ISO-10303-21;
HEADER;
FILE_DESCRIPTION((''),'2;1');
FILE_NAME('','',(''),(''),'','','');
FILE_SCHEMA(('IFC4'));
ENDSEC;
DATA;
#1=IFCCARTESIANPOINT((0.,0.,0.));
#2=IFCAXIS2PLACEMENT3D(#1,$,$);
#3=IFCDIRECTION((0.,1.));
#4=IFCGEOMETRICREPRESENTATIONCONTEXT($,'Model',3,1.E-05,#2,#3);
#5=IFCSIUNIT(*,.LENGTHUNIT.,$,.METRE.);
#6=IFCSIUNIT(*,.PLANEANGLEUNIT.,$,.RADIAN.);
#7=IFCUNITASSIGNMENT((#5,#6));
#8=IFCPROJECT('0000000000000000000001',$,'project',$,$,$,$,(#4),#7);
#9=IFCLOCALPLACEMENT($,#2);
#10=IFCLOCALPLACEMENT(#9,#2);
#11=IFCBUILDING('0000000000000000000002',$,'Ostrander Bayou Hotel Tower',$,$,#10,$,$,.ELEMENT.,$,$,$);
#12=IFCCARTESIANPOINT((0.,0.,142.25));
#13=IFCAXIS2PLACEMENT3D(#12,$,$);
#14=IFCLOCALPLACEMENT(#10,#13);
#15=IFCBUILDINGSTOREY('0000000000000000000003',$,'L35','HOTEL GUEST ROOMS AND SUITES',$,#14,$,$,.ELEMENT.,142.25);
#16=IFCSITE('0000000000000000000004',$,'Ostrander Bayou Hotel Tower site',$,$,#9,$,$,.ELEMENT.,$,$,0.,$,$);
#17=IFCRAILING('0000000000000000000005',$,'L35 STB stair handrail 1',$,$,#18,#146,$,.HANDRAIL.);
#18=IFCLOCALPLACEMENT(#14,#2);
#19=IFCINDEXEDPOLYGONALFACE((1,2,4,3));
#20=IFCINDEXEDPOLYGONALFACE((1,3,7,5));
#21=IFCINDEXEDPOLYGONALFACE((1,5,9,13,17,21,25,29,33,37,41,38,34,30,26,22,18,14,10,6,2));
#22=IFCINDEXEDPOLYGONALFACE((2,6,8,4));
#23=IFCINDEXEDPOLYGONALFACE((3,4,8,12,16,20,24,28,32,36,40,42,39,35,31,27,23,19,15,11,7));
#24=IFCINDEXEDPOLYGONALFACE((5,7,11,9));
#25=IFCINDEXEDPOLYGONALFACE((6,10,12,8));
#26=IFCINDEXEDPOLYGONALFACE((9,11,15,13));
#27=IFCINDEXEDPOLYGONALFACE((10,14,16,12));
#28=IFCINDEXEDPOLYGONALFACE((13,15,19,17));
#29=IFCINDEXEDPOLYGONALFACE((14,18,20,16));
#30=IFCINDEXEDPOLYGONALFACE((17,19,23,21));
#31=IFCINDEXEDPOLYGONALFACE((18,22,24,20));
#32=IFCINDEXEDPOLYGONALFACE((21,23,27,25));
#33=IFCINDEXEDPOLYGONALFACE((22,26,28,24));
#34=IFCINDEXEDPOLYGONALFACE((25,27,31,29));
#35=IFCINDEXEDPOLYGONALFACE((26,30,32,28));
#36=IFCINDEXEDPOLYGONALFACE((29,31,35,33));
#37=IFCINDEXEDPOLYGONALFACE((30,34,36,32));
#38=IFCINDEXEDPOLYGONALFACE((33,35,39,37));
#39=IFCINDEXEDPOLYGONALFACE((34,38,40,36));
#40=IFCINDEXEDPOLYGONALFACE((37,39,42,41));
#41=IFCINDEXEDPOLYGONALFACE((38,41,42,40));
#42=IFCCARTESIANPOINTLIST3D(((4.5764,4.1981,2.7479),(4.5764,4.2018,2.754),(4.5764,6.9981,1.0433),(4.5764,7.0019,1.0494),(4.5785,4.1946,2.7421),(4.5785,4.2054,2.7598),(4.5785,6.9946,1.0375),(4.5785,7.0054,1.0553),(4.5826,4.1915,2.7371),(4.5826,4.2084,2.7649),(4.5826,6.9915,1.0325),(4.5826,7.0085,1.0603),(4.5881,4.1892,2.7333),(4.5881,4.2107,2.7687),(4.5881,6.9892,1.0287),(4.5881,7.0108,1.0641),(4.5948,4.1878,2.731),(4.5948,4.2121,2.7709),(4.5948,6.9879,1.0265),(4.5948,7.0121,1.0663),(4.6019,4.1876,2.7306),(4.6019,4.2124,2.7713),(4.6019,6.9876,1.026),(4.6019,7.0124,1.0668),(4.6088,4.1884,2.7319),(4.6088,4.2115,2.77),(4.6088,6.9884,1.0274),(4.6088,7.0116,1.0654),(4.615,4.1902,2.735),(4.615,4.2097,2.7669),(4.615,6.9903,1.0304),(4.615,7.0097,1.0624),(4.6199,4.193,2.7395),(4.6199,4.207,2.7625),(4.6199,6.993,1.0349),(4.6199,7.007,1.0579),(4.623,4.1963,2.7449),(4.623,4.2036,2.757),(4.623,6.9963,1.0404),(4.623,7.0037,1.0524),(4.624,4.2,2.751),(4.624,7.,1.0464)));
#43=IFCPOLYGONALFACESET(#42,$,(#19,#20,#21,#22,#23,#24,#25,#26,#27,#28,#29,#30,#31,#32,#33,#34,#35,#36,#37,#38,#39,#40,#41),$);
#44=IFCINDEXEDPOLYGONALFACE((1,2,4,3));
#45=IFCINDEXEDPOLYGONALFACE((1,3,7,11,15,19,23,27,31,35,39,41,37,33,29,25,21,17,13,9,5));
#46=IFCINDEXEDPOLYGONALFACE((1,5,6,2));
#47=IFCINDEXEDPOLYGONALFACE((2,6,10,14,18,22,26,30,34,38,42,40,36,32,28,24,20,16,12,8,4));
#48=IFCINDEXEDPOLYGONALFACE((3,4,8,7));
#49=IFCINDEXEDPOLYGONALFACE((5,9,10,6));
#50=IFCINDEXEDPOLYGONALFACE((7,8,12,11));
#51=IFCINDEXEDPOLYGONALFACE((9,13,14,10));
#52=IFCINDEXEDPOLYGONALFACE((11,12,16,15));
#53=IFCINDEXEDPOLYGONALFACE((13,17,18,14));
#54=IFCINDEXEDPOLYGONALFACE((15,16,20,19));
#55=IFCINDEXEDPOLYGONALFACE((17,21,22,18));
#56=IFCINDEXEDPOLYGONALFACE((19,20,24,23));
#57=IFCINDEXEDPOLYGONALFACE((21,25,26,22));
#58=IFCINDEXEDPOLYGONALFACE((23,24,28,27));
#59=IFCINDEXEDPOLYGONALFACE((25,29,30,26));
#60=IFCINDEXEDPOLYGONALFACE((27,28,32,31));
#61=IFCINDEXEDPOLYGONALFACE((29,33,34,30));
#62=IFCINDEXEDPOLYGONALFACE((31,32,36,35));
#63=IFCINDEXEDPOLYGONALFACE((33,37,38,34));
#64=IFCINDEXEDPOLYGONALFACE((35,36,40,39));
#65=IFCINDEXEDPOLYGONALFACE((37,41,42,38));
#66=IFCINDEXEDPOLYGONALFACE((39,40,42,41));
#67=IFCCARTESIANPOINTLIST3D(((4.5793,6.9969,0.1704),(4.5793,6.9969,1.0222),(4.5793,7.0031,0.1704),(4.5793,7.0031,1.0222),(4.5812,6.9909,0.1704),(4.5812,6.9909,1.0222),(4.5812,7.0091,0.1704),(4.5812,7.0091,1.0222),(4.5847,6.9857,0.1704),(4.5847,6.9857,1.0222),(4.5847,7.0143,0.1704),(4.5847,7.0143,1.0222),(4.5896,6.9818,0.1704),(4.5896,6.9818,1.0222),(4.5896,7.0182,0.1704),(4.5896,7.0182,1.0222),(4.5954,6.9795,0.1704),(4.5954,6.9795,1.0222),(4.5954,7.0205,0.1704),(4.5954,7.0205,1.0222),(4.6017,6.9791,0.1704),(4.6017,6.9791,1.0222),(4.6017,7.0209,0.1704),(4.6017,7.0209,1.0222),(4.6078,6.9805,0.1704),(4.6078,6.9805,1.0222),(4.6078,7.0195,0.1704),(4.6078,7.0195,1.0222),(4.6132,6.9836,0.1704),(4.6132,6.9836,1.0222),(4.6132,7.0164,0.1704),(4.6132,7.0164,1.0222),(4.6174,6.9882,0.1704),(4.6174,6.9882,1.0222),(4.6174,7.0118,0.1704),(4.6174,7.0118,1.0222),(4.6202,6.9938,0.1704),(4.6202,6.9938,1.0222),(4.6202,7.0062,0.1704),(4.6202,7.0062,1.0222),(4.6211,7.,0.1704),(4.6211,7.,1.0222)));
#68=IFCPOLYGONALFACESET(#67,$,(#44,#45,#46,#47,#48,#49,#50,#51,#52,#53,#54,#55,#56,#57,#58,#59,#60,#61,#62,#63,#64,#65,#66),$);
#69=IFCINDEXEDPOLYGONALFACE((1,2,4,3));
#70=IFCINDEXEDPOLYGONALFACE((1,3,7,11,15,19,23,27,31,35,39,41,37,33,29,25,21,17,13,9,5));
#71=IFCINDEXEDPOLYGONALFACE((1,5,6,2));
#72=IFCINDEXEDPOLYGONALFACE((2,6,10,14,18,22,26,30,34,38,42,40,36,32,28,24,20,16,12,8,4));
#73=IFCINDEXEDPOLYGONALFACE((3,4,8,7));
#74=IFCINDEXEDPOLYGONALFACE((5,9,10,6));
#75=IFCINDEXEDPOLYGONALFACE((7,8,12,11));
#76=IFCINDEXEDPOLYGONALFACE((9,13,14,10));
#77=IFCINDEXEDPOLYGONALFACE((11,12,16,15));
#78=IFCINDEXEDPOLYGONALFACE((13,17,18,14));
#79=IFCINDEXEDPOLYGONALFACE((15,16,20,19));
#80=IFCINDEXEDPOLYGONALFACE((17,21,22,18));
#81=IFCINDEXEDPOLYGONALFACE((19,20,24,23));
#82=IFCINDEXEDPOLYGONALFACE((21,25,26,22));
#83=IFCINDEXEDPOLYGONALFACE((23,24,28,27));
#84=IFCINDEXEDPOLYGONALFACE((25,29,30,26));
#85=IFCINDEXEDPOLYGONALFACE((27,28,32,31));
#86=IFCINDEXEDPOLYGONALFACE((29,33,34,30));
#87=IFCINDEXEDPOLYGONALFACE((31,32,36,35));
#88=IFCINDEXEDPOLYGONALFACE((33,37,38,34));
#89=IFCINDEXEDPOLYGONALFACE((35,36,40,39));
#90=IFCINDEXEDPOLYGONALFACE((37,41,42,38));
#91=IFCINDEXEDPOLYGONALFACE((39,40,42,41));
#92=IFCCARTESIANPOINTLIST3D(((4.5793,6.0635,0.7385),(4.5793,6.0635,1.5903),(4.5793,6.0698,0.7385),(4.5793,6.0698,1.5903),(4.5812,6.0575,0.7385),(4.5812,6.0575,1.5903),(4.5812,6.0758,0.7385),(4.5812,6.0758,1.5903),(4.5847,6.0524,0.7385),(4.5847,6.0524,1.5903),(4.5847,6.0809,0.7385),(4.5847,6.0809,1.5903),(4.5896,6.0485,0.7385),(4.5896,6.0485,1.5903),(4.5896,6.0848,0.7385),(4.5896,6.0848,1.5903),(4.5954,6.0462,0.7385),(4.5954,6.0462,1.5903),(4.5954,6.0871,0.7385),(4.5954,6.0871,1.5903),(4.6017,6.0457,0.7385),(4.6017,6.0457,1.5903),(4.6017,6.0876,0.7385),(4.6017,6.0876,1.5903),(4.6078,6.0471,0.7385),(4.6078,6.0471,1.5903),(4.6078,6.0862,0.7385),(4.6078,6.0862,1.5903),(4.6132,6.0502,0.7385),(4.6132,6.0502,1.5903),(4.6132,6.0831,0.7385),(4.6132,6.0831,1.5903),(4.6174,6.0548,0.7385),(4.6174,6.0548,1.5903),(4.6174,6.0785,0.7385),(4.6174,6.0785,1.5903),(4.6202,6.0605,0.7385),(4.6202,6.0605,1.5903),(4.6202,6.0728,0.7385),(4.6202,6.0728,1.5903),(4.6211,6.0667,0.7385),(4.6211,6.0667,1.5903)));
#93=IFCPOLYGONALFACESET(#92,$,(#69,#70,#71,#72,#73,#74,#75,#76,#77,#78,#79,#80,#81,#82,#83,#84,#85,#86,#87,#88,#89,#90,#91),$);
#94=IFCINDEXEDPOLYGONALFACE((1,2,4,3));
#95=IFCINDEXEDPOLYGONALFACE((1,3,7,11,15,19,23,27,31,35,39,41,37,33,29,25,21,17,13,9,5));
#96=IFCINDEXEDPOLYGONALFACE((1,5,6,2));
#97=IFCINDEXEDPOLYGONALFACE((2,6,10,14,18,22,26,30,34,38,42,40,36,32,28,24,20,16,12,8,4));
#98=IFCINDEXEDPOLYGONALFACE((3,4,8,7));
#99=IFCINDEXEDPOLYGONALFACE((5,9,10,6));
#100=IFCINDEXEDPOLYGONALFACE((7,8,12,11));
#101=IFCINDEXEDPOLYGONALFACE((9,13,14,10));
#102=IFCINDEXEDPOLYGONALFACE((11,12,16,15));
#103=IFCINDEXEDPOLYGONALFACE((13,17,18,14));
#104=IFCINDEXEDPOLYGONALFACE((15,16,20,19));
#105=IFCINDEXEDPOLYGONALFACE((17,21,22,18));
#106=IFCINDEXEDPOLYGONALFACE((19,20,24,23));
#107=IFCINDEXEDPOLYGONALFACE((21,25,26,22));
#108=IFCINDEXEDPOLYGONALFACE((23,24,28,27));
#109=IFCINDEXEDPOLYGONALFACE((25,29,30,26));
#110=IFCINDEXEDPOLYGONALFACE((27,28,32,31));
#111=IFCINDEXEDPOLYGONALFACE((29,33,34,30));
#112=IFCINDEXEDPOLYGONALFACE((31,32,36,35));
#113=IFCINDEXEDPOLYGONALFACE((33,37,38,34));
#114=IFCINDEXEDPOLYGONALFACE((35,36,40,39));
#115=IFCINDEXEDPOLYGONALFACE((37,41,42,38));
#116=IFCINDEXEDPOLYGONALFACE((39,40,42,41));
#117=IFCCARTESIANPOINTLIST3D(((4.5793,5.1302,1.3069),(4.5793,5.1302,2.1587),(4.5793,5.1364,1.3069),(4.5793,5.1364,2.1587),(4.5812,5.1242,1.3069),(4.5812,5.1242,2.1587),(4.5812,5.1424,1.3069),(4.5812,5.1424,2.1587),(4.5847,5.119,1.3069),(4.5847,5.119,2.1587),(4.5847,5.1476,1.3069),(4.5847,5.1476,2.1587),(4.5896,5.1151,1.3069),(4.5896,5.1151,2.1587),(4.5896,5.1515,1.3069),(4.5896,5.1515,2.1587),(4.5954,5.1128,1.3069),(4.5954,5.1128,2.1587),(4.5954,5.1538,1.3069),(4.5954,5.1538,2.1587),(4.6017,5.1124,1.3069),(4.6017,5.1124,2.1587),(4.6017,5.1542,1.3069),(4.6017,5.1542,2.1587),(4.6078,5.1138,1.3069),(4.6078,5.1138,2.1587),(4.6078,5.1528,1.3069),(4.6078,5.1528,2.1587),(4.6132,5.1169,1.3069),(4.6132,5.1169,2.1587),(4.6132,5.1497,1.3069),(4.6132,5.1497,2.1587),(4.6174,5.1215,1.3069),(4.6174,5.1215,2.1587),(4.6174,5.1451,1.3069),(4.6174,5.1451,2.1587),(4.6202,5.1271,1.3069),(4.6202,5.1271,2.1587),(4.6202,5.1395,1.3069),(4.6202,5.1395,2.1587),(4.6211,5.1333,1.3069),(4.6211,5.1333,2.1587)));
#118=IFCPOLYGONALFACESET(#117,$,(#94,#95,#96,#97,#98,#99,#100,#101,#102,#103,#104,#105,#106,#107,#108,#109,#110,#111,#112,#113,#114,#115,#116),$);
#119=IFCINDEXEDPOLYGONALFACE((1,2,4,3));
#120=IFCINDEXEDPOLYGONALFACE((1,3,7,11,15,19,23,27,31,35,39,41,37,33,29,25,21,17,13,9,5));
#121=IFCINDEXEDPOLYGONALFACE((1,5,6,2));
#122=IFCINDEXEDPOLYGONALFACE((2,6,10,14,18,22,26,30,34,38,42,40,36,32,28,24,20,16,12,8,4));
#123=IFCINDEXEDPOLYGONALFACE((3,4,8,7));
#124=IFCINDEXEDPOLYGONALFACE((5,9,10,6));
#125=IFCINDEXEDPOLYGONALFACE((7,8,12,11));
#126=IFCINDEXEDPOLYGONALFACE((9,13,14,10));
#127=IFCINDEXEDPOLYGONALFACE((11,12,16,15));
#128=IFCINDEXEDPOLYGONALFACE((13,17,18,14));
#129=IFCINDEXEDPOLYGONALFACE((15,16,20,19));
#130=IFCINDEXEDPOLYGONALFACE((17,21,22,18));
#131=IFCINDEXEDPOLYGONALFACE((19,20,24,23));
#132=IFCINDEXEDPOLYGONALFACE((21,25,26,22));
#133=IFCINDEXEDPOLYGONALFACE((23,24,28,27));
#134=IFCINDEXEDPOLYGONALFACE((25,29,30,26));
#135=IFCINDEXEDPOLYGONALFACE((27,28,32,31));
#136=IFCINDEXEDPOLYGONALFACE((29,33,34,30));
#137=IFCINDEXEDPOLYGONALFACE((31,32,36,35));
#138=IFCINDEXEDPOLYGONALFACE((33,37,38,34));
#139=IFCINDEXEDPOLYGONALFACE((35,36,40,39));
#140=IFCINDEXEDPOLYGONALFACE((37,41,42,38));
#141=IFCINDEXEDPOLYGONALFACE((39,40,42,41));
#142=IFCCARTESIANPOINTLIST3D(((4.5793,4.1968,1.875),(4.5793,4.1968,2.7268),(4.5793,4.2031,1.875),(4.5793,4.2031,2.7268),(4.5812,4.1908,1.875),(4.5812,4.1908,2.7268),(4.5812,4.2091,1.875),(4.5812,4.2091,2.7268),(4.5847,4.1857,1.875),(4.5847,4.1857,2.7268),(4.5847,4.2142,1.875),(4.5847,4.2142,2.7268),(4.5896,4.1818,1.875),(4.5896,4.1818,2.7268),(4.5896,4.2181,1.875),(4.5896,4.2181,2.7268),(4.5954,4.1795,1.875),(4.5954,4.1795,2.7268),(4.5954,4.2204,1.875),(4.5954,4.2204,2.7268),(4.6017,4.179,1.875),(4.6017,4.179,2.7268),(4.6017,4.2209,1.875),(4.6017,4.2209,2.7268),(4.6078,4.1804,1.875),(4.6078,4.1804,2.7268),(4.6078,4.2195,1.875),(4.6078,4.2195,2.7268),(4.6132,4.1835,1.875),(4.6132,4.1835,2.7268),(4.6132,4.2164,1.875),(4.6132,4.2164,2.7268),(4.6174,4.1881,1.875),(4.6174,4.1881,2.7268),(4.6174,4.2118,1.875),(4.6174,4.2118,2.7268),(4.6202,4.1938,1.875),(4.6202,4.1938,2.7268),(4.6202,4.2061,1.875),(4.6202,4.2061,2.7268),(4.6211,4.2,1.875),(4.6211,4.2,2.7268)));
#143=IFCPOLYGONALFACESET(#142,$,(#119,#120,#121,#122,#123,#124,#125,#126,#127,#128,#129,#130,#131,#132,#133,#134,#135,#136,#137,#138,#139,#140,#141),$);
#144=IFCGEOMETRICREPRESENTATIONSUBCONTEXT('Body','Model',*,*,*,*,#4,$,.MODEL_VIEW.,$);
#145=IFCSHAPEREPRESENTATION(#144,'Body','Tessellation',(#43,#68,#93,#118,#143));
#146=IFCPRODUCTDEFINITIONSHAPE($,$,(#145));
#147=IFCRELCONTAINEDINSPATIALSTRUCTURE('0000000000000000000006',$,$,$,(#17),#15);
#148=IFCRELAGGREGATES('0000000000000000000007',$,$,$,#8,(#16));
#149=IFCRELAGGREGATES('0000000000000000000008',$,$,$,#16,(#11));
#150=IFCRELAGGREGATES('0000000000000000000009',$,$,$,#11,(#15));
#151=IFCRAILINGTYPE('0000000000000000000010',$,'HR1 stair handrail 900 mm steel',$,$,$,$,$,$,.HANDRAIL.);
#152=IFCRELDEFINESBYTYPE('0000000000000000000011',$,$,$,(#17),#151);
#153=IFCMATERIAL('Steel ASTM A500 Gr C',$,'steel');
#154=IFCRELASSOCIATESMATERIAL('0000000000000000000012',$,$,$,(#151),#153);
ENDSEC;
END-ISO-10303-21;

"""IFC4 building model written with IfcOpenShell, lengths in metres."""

from ifc_helpers import new_model, si_unit, direction, frame, origin, origin_2d, place, context, subcontext, project, spatial, circle, extrude, material, type_object, element, save


model = new_model("IFC4")

# Units and contexts
model_context = context("Model", 3, precision=1e-05, world=origin(), true_north=direction((0.0, 1.0)))
body_context = subcontext(model_context, "Body", "Model", "MODEL_VIEW")
ifc_project = project(units=[si_unit("LENGTHUNIT", "METRE"), si_unit("PLANEANGLEUNIT", "RADIAN")], contexts=[model_context])

# Site, building, storey
site_placement = place(None, origin())
site = spatial("IfcSite", under=ifc_project, at=site_placement, Name="Ostrander Bayou Hotel Tower site", CompositionType="ELEMENT", RefElevation=0.0)
building_placement = place(site_placement, origin())
building = spatial("IfcBuilding", under=site, at=building_placement, Name="Ostrander Bayou Hotel Tower", CompositionType="ELEMENT")
storey_placement = place(building_placement, frame((0.0, 0.0, 142.25)))
storey = spatial("IfcBuildingStorey", under=building, at=storey_placement, Name="L35", Description="HOTEL GUEST ROOMS AND SUITES", CompositionType="ELEMENT", Elevation=142.25)

# Railing
ifc_material_1 = material(Name="Steel ASTM A500 Gr C", Category="steel")
railing_type_1 = type_object("IfcRailingType", Name="HR1 stair handrail 900 mm steel", PredefinedType="HANDRAIL", material=ifc_material_1)
railing_1_placement = place(storey_placement, frame((4.6001, 7.0, 0.1704)))
element("IfcRailing", 1, at=railing_1_placement, inside=storey, type_object=railing_type_1, Name="L35 STB stair handrail 1", PredefinedType="HANDRAIL", context=body_context, shape_type="SweptSolid", body=[
    extrude(circle(Radius=0.0239, at=origin_2d()), frame((0.0, 0.0, 0.876), z_axis=(0.0, -0.85417, 0.519994), x_axis=(1.0, 0.0, 0.0)), (0.0, 0.0, 1.0), 3.2781),
    extrude(circle(Radius=0.021, at=origin_2d()), origin(), (0.0, 0.0, 1.0), 0.8518),
    extrude(circle(Radius=0.021, at=origin_2d()), frame((0.0, -0.9333, 0.5681)), (0.0, 0.0, 1.0), 0.8518),
    extrude(circle(Radius=0.021, at=origin_2d()), frame((0.0, -1.8667, 1.1365)), (0.0, 0.0, 1.0), 0.8518),
    extrude(circle(Radius=0.021, at=origin_2d()), frame((0.0, -2.8, 1.7046)), (0.0, 0.0, 1.0), 0.8518),
])

save(model, "model.ifc")
